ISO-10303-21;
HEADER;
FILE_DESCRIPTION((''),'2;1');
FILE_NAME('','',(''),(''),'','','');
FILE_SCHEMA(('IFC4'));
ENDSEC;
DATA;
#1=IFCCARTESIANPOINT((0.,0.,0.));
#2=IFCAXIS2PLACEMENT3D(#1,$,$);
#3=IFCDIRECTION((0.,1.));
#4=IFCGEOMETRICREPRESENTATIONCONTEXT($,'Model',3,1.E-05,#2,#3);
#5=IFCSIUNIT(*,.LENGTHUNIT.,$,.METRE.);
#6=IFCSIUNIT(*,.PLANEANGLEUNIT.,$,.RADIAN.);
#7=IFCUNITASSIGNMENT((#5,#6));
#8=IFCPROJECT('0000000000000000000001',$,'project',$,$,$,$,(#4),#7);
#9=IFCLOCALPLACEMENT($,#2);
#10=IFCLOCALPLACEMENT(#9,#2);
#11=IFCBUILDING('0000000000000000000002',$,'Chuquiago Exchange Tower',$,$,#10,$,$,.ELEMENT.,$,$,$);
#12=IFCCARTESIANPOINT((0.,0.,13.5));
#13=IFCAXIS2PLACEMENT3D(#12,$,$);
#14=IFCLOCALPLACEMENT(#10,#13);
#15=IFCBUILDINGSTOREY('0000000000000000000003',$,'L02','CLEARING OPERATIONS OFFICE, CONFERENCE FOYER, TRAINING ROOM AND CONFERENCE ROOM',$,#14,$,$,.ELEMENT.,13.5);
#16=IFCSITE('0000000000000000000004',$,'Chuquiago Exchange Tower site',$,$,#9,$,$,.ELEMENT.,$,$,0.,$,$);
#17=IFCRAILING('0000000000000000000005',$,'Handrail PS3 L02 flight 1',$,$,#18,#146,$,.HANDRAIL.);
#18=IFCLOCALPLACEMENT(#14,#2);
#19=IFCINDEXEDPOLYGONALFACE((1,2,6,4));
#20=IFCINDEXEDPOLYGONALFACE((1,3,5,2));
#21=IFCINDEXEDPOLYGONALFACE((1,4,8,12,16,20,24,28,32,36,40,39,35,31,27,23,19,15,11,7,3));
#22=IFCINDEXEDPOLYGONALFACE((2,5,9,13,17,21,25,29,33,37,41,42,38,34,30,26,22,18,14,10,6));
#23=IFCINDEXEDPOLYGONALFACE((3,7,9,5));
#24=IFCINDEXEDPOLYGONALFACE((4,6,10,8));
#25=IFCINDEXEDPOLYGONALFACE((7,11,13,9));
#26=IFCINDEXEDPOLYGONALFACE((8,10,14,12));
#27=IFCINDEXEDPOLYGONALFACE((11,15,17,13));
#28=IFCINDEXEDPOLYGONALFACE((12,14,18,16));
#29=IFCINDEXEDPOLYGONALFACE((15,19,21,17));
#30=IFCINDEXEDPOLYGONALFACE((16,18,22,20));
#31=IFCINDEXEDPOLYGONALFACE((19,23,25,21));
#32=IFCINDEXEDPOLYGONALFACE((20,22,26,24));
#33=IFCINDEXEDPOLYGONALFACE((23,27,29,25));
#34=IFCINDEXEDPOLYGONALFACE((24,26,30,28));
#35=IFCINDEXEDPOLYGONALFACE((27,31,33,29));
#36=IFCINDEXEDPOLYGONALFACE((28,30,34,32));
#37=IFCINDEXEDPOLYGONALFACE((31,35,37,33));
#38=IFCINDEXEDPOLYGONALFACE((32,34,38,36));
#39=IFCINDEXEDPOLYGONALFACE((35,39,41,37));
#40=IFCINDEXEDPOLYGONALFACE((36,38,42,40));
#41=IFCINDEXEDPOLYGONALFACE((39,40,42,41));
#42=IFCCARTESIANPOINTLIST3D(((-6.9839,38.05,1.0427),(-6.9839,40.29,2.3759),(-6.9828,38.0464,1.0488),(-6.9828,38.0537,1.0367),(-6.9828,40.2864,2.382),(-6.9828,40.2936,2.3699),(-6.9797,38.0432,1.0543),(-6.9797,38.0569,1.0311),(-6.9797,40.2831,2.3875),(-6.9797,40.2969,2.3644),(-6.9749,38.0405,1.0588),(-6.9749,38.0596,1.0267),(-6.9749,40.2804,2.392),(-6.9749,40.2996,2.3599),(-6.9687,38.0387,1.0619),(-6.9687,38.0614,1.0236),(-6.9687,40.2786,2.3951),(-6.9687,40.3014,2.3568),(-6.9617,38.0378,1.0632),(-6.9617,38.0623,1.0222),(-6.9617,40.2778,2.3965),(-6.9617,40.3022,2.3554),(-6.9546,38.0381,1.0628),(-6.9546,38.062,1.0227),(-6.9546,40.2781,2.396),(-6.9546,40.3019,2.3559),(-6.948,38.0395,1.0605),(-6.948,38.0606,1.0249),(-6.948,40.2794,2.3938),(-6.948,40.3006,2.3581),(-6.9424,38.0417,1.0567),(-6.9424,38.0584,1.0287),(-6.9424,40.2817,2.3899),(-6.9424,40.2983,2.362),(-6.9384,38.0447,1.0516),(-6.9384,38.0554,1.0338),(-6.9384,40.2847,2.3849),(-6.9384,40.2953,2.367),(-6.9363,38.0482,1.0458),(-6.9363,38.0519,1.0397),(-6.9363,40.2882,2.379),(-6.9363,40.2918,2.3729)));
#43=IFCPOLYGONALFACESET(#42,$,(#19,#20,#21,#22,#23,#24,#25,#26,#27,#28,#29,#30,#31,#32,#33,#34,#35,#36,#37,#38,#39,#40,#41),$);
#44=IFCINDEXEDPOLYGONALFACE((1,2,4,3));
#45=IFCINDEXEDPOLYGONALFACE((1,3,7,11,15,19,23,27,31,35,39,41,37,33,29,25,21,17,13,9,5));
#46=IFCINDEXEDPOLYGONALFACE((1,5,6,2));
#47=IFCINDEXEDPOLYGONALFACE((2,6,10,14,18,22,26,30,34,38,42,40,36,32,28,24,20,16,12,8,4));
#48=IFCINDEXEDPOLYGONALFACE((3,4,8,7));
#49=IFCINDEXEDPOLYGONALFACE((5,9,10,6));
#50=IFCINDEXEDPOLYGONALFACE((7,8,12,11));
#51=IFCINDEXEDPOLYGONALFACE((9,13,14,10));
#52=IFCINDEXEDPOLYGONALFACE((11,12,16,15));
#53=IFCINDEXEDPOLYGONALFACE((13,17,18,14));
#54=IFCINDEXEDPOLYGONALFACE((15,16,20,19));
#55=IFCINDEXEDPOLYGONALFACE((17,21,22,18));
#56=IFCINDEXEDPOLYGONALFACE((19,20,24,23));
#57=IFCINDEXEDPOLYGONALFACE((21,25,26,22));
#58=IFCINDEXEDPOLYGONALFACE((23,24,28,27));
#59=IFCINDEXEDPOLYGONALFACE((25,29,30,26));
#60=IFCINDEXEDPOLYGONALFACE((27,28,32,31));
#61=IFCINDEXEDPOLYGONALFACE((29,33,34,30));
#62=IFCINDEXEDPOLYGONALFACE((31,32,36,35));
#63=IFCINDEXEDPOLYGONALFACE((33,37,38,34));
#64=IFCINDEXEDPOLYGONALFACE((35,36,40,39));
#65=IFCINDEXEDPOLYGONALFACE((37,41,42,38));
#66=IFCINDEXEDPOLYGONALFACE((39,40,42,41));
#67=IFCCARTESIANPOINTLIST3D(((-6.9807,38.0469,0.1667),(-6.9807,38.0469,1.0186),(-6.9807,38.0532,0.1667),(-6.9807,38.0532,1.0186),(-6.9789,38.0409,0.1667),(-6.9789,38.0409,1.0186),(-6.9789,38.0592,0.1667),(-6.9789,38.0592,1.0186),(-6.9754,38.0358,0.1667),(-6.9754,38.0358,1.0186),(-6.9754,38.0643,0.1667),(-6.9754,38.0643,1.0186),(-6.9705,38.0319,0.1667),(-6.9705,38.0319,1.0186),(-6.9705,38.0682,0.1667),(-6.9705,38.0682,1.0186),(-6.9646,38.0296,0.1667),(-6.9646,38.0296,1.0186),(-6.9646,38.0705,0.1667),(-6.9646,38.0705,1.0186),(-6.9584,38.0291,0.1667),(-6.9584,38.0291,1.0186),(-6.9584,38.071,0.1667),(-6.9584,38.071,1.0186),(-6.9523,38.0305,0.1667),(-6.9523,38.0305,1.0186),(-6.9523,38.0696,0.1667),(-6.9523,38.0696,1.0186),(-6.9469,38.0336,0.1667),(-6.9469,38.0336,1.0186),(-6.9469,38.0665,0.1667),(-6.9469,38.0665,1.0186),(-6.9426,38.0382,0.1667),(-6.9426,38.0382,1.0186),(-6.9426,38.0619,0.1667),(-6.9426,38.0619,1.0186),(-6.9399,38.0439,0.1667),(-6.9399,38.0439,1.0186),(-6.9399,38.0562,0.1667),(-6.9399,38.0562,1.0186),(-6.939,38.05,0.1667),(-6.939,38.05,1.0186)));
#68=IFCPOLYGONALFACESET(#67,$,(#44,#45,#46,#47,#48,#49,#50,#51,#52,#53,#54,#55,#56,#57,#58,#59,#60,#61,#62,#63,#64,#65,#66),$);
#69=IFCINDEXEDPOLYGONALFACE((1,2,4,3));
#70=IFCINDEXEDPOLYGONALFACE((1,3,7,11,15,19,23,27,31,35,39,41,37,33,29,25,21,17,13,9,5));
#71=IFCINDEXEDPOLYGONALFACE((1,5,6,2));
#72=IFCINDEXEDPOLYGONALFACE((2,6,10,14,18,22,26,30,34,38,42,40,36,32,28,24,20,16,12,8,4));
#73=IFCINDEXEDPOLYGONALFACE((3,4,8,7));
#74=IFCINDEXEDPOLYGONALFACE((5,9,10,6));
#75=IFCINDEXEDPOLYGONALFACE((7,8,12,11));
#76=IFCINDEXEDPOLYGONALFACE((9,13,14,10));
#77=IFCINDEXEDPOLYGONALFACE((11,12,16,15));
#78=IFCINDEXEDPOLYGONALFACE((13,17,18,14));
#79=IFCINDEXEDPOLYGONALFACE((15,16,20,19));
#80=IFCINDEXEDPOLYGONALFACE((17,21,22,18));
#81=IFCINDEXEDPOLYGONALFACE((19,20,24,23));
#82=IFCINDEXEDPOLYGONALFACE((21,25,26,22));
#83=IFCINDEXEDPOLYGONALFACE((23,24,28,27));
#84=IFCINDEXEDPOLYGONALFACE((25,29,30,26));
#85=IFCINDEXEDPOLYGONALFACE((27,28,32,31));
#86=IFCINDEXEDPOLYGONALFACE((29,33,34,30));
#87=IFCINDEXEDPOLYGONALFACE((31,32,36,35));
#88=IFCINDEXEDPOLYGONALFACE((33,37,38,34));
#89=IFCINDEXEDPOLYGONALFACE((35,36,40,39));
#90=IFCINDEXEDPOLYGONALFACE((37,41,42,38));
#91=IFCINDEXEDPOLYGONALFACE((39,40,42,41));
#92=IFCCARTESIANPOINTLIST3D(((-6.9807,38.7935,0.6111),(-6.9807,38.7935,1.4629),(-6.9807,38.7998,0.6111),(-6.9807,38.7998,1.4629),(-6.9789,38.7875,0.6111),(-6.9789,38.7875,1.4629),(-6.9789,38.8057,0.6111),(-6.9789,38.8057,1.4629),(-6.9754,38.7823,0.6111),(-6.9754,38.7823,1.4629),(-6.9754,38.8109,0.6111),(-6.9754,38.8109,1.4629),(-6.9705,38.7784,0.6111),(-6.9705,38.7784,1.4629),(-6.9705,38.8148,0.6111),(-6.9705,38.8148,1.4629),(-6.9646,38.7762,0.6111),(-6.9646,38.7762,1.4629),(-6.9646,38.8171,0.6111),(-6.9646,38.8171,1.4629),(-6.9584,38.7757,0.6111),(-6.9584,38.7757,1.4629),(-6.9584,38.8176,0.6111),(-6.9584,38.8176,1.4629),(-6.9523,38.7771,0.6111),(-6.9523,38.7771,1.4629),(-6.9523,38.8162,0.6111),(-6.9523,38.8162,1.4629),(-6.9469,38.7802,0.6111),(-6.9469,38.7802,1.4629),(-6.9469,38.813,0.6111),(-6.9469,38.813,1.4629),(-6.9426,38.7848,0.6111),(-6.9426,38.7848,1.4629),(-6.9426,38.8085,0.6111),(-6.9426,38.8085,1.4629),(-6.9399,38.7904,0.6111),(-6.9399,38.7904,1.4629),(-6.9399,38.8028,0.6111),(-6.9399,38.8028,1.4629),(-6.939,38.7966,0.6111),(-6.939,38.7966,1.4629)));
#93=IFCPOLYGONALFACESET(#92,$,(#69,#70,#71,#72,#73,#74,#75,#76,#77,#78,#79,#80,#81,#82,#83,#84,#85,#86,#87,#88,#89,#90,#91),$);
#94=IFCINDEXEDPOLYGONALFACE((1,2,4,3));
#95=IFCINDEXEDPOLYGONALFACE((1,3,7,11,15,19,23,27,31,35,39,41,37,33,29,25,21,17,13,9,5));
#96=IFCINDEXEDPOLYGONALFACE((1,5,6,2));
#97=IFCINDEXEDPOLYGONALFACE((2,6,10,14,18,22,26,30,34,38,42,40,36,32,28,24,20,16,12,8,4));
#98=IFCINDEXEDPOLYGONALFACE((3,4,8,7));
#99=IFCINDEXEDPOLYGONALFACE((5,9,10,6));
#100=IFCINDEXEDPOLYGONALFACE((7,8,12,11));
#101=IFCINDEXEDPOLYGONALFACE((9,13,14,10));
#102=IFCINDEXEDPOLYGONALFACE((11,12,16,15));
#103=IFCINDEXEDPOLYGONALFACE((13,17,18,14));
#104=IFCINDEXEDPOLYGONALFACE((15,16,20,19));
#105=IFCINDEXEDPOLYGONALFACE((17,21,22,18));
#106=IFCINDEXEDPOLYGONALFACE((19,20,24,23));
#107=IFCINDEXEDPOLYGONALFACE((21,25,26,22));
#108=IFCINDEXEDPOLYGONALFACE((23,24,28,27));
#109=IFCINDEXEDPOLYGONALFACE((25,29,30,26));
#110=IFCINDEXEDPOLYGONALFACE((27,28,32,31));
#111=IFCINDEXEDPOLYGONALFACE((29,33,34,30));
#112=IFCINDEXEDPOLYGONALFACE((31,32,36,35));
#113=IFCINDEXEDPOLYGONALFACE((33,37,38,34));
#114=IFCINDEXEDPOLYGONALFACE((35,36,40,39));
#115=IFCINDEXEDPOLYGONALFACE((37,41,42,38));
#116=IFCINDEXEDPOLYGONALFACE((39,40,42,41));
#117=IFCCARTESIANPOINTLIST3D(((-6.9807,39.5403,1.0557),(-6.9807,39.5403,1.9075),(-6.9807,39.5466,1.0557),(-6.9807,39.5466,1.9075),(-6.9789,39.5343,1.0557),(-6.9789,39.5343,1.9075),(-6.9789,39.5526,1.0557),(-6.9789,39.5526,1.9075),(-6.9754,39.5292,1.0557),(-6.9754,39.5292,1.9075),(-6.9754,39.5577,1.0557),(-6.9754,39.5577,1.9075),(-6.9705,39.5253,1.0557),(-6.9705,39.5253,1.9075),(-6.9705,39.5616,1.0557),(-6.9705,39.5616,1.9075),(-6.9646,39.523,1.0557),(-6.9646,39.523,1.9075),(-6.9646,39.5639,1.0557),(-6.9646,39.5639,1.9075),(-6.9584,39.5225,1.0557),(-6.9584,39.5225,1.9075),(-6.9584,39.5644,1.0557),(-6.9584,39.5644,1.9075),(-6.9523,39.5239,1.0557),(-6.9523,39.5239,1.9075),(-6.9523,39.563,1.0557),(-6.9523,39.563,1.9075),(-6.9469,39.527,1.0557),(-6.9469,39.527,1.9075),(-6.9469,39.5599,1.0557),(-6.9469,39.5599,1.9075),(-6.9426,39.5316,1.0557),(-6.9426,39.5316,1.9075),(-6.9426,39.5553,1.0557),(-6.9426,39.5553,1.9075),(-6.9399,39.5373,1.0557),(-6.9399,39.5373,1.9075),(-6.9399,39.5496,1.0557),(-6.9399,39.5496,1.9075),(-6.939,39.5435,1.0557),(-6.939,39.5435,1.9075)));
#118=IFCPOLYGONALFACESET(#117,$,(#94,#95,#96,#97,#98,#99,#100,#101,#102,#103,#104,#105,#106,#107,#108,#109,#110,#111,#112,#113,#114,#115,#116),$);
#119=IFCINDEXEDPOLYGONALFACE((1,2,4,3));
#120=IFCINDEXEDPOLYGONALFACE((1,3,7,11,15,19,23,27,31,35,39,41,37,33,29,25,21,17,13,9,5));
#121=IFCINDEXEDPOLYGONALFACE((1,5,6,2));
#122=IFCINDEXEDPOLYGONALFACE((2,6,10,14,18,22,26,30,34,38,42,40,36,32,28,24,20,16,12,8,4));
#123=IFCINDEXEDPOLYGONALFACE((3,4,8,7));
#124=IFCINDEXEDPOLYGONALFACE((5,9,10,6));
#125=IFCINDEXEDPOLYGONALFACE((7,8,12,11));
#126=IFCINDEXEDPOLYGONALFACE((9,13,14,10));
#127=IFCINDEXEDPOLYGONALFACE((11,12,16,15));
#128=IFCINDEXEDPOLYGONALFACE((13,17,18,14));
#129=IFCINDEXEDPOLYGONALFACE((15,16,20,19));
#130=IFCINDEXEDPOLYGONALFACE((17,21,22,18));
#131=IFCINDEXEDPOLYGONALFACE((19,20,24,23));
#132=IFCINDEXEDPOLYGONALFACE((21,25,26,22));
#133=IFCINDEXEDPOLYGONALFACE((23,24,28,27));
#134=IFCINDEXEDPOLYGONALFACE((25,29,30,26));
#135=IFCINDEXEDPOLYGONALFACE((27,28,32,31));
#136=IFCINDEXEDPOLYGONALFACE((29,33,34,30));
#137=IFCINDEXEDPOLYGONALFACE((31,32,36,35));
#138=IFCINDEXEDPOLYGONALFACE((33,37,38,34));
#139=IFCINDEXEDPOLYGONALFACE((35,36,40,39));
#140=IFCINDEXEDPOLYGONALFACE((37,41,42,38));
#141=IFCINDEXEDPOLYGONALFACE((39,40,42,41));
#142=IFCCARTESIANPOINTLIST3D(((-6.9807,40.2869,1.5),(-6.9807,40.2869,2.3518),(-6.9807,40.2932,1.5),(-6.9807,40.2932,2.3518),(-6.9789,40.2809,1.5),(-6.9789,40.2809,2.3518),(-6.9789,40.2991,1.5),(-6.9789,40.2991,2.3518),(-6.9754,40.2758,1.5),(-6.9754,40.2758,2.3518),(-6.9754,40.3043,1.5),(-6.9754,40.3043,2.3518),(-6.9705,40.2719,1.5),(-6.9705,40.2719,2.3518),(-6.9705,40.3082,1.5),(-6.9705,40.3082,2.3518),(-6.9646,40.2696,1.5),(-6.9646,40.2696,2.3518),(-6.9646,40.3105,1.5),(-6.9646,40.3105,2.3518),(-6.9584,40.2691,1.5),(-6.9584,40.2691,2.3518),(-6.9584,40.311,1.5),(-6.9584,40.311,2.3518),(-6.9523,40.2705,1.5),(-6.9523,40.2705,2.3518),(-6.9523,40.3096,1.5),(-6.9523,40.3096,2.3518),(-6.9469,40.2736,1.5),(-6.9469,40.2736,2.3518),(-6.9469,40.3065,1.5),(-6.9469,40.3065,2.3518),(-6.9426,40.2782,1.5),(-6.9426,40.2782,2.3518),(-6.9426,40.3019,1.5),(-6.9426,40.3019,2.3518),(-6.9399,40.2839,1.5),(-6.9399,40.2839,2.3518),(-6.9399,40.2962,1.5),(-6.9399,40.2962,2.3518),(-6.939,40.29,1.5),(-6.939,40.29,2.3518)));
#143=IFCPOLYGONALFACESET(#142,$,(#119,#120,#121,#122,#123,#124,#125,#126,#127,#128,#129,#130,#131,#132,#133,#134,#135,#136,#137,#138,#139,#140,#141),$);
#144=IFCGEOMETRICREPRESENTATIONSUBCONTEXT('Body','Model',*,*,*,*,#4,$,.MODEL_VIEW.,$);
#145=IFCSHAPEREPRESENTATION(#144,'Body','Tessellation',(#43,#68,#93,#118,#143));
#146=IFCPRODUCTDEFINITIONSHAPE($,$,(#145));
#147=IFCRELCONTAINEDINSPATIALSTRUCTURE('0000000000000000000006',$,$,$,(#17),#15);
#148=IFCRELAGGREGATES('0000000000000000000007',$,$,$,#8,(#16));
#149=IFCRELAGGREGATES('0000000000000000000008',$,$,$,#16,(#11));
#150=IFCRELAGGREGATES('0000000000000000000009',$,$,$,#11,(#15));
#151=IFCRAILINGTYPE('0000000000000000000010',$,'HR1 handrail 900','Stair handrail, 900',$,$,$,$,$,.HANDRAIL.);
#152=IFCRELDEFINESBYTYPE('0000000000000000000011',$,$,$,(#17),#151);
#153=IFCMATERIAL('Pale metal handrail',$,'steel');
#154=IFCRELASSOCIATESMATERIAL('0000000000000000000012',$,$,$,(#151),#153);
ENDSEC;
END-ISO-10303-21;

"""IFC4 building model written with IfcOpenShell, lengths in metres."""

from ifc_helpers import new_model, si_unit, direction, frame, origin, origin_2d, place, context, subcontext, project, spatial, circle, extrude, material, type_object, element, save


model = new_model("IFC4")

# Units and contexts
model_context = context("Model", 3, precision=1e-05, world=origin(), true_north=direction((0.0, 1.0)))
body_context = subcontext(model_context, "Body", "Model", "MODEL_VIEW")
ifc_project = project(units=[si_unit("LENGTHUNIT", "METRE"), si_unit("PLANEANGLEUNIT", "RADIAN")], contexts=[model_context])

# Site, building, storey
site_placement = place(None, origin())
site = spatial("IfcSite", under=ifc_project, at=site_placement, Name="Chuquiago Exchange Tower site", CompositionType="ELEMENT", RefElevation=0.0)
building_placement = place(site_placement, origin())
building = spatial("IfcBuilding", under=site, at=building_placement, Name="Chuquiago Exchange Tower", CompositionType="ELEMENT")
storey_placement = place(building_placement, frame((0.0, 0.0, 13.5)))
storey = spatial("IfcBuildingStorey", under=building, at=storey_placement, Name="L02", Description="CLEARING OPERATIONS OFFICE, CONFERENCE FOYER, TRAINING ROOM AND CONFERENCE ROOM", CompositionType="ELEMENT", Elevation=13.5)

# Railing
ifc_material_1 = material(Name="Pale metal handrail", Category="steel")
railing_type = type_object("IfcRailingType", Name="HR1 handrail 900", Description="Stair handrail, 900", PredefinedType="HANDRAIL", material=ifc_material_1)
for number, where, name in (
    (1, (-6.96, 38.05, 0.1667), "Handrail PS3 L02 flight 1"),
):
    element("IfcRailing", number, at=place(storey_placement, frame(where)), inside=storey, type_object=railing_type, Name=name, PredefinedType="HANDRAIL", context=body_context, shape_type="SweptSolid", body=[
        extrude(circle(Radius=0.0239, at=origin_2d()), frame((0.0, 0.0, 0.876), z_axis=(0.0, 0.859306, 0.511462), x_axis=(-1.0, 0.0, 0.0)), (0.0, 0.0, 1.0), 2.6067),
        extrude(circle(Radius=0.021, at=origin_2d()), origin(), (0.0, 0.0, 1.0), 0.8518),
        extrude(circle(Radius=0.021, at=origin_2d()), frame((0.0, 0.7466, 0.4443)), (0.0, 0.0, 1.0), 0.8518),
        extrude(circle(Radius=0.021, at=origin_2d()), frame((0.0, 1.4934, 0.8889)), (0.0, 0.0, 1.0), 0.8518),
        extrude(circle(Radius=0.021, at=origin_2d()), frame((0.0, 2.24, 1.3333)), (0.0, 0.0, 1.0), 0.8518),
    ])

save(model, "model.ifc")
